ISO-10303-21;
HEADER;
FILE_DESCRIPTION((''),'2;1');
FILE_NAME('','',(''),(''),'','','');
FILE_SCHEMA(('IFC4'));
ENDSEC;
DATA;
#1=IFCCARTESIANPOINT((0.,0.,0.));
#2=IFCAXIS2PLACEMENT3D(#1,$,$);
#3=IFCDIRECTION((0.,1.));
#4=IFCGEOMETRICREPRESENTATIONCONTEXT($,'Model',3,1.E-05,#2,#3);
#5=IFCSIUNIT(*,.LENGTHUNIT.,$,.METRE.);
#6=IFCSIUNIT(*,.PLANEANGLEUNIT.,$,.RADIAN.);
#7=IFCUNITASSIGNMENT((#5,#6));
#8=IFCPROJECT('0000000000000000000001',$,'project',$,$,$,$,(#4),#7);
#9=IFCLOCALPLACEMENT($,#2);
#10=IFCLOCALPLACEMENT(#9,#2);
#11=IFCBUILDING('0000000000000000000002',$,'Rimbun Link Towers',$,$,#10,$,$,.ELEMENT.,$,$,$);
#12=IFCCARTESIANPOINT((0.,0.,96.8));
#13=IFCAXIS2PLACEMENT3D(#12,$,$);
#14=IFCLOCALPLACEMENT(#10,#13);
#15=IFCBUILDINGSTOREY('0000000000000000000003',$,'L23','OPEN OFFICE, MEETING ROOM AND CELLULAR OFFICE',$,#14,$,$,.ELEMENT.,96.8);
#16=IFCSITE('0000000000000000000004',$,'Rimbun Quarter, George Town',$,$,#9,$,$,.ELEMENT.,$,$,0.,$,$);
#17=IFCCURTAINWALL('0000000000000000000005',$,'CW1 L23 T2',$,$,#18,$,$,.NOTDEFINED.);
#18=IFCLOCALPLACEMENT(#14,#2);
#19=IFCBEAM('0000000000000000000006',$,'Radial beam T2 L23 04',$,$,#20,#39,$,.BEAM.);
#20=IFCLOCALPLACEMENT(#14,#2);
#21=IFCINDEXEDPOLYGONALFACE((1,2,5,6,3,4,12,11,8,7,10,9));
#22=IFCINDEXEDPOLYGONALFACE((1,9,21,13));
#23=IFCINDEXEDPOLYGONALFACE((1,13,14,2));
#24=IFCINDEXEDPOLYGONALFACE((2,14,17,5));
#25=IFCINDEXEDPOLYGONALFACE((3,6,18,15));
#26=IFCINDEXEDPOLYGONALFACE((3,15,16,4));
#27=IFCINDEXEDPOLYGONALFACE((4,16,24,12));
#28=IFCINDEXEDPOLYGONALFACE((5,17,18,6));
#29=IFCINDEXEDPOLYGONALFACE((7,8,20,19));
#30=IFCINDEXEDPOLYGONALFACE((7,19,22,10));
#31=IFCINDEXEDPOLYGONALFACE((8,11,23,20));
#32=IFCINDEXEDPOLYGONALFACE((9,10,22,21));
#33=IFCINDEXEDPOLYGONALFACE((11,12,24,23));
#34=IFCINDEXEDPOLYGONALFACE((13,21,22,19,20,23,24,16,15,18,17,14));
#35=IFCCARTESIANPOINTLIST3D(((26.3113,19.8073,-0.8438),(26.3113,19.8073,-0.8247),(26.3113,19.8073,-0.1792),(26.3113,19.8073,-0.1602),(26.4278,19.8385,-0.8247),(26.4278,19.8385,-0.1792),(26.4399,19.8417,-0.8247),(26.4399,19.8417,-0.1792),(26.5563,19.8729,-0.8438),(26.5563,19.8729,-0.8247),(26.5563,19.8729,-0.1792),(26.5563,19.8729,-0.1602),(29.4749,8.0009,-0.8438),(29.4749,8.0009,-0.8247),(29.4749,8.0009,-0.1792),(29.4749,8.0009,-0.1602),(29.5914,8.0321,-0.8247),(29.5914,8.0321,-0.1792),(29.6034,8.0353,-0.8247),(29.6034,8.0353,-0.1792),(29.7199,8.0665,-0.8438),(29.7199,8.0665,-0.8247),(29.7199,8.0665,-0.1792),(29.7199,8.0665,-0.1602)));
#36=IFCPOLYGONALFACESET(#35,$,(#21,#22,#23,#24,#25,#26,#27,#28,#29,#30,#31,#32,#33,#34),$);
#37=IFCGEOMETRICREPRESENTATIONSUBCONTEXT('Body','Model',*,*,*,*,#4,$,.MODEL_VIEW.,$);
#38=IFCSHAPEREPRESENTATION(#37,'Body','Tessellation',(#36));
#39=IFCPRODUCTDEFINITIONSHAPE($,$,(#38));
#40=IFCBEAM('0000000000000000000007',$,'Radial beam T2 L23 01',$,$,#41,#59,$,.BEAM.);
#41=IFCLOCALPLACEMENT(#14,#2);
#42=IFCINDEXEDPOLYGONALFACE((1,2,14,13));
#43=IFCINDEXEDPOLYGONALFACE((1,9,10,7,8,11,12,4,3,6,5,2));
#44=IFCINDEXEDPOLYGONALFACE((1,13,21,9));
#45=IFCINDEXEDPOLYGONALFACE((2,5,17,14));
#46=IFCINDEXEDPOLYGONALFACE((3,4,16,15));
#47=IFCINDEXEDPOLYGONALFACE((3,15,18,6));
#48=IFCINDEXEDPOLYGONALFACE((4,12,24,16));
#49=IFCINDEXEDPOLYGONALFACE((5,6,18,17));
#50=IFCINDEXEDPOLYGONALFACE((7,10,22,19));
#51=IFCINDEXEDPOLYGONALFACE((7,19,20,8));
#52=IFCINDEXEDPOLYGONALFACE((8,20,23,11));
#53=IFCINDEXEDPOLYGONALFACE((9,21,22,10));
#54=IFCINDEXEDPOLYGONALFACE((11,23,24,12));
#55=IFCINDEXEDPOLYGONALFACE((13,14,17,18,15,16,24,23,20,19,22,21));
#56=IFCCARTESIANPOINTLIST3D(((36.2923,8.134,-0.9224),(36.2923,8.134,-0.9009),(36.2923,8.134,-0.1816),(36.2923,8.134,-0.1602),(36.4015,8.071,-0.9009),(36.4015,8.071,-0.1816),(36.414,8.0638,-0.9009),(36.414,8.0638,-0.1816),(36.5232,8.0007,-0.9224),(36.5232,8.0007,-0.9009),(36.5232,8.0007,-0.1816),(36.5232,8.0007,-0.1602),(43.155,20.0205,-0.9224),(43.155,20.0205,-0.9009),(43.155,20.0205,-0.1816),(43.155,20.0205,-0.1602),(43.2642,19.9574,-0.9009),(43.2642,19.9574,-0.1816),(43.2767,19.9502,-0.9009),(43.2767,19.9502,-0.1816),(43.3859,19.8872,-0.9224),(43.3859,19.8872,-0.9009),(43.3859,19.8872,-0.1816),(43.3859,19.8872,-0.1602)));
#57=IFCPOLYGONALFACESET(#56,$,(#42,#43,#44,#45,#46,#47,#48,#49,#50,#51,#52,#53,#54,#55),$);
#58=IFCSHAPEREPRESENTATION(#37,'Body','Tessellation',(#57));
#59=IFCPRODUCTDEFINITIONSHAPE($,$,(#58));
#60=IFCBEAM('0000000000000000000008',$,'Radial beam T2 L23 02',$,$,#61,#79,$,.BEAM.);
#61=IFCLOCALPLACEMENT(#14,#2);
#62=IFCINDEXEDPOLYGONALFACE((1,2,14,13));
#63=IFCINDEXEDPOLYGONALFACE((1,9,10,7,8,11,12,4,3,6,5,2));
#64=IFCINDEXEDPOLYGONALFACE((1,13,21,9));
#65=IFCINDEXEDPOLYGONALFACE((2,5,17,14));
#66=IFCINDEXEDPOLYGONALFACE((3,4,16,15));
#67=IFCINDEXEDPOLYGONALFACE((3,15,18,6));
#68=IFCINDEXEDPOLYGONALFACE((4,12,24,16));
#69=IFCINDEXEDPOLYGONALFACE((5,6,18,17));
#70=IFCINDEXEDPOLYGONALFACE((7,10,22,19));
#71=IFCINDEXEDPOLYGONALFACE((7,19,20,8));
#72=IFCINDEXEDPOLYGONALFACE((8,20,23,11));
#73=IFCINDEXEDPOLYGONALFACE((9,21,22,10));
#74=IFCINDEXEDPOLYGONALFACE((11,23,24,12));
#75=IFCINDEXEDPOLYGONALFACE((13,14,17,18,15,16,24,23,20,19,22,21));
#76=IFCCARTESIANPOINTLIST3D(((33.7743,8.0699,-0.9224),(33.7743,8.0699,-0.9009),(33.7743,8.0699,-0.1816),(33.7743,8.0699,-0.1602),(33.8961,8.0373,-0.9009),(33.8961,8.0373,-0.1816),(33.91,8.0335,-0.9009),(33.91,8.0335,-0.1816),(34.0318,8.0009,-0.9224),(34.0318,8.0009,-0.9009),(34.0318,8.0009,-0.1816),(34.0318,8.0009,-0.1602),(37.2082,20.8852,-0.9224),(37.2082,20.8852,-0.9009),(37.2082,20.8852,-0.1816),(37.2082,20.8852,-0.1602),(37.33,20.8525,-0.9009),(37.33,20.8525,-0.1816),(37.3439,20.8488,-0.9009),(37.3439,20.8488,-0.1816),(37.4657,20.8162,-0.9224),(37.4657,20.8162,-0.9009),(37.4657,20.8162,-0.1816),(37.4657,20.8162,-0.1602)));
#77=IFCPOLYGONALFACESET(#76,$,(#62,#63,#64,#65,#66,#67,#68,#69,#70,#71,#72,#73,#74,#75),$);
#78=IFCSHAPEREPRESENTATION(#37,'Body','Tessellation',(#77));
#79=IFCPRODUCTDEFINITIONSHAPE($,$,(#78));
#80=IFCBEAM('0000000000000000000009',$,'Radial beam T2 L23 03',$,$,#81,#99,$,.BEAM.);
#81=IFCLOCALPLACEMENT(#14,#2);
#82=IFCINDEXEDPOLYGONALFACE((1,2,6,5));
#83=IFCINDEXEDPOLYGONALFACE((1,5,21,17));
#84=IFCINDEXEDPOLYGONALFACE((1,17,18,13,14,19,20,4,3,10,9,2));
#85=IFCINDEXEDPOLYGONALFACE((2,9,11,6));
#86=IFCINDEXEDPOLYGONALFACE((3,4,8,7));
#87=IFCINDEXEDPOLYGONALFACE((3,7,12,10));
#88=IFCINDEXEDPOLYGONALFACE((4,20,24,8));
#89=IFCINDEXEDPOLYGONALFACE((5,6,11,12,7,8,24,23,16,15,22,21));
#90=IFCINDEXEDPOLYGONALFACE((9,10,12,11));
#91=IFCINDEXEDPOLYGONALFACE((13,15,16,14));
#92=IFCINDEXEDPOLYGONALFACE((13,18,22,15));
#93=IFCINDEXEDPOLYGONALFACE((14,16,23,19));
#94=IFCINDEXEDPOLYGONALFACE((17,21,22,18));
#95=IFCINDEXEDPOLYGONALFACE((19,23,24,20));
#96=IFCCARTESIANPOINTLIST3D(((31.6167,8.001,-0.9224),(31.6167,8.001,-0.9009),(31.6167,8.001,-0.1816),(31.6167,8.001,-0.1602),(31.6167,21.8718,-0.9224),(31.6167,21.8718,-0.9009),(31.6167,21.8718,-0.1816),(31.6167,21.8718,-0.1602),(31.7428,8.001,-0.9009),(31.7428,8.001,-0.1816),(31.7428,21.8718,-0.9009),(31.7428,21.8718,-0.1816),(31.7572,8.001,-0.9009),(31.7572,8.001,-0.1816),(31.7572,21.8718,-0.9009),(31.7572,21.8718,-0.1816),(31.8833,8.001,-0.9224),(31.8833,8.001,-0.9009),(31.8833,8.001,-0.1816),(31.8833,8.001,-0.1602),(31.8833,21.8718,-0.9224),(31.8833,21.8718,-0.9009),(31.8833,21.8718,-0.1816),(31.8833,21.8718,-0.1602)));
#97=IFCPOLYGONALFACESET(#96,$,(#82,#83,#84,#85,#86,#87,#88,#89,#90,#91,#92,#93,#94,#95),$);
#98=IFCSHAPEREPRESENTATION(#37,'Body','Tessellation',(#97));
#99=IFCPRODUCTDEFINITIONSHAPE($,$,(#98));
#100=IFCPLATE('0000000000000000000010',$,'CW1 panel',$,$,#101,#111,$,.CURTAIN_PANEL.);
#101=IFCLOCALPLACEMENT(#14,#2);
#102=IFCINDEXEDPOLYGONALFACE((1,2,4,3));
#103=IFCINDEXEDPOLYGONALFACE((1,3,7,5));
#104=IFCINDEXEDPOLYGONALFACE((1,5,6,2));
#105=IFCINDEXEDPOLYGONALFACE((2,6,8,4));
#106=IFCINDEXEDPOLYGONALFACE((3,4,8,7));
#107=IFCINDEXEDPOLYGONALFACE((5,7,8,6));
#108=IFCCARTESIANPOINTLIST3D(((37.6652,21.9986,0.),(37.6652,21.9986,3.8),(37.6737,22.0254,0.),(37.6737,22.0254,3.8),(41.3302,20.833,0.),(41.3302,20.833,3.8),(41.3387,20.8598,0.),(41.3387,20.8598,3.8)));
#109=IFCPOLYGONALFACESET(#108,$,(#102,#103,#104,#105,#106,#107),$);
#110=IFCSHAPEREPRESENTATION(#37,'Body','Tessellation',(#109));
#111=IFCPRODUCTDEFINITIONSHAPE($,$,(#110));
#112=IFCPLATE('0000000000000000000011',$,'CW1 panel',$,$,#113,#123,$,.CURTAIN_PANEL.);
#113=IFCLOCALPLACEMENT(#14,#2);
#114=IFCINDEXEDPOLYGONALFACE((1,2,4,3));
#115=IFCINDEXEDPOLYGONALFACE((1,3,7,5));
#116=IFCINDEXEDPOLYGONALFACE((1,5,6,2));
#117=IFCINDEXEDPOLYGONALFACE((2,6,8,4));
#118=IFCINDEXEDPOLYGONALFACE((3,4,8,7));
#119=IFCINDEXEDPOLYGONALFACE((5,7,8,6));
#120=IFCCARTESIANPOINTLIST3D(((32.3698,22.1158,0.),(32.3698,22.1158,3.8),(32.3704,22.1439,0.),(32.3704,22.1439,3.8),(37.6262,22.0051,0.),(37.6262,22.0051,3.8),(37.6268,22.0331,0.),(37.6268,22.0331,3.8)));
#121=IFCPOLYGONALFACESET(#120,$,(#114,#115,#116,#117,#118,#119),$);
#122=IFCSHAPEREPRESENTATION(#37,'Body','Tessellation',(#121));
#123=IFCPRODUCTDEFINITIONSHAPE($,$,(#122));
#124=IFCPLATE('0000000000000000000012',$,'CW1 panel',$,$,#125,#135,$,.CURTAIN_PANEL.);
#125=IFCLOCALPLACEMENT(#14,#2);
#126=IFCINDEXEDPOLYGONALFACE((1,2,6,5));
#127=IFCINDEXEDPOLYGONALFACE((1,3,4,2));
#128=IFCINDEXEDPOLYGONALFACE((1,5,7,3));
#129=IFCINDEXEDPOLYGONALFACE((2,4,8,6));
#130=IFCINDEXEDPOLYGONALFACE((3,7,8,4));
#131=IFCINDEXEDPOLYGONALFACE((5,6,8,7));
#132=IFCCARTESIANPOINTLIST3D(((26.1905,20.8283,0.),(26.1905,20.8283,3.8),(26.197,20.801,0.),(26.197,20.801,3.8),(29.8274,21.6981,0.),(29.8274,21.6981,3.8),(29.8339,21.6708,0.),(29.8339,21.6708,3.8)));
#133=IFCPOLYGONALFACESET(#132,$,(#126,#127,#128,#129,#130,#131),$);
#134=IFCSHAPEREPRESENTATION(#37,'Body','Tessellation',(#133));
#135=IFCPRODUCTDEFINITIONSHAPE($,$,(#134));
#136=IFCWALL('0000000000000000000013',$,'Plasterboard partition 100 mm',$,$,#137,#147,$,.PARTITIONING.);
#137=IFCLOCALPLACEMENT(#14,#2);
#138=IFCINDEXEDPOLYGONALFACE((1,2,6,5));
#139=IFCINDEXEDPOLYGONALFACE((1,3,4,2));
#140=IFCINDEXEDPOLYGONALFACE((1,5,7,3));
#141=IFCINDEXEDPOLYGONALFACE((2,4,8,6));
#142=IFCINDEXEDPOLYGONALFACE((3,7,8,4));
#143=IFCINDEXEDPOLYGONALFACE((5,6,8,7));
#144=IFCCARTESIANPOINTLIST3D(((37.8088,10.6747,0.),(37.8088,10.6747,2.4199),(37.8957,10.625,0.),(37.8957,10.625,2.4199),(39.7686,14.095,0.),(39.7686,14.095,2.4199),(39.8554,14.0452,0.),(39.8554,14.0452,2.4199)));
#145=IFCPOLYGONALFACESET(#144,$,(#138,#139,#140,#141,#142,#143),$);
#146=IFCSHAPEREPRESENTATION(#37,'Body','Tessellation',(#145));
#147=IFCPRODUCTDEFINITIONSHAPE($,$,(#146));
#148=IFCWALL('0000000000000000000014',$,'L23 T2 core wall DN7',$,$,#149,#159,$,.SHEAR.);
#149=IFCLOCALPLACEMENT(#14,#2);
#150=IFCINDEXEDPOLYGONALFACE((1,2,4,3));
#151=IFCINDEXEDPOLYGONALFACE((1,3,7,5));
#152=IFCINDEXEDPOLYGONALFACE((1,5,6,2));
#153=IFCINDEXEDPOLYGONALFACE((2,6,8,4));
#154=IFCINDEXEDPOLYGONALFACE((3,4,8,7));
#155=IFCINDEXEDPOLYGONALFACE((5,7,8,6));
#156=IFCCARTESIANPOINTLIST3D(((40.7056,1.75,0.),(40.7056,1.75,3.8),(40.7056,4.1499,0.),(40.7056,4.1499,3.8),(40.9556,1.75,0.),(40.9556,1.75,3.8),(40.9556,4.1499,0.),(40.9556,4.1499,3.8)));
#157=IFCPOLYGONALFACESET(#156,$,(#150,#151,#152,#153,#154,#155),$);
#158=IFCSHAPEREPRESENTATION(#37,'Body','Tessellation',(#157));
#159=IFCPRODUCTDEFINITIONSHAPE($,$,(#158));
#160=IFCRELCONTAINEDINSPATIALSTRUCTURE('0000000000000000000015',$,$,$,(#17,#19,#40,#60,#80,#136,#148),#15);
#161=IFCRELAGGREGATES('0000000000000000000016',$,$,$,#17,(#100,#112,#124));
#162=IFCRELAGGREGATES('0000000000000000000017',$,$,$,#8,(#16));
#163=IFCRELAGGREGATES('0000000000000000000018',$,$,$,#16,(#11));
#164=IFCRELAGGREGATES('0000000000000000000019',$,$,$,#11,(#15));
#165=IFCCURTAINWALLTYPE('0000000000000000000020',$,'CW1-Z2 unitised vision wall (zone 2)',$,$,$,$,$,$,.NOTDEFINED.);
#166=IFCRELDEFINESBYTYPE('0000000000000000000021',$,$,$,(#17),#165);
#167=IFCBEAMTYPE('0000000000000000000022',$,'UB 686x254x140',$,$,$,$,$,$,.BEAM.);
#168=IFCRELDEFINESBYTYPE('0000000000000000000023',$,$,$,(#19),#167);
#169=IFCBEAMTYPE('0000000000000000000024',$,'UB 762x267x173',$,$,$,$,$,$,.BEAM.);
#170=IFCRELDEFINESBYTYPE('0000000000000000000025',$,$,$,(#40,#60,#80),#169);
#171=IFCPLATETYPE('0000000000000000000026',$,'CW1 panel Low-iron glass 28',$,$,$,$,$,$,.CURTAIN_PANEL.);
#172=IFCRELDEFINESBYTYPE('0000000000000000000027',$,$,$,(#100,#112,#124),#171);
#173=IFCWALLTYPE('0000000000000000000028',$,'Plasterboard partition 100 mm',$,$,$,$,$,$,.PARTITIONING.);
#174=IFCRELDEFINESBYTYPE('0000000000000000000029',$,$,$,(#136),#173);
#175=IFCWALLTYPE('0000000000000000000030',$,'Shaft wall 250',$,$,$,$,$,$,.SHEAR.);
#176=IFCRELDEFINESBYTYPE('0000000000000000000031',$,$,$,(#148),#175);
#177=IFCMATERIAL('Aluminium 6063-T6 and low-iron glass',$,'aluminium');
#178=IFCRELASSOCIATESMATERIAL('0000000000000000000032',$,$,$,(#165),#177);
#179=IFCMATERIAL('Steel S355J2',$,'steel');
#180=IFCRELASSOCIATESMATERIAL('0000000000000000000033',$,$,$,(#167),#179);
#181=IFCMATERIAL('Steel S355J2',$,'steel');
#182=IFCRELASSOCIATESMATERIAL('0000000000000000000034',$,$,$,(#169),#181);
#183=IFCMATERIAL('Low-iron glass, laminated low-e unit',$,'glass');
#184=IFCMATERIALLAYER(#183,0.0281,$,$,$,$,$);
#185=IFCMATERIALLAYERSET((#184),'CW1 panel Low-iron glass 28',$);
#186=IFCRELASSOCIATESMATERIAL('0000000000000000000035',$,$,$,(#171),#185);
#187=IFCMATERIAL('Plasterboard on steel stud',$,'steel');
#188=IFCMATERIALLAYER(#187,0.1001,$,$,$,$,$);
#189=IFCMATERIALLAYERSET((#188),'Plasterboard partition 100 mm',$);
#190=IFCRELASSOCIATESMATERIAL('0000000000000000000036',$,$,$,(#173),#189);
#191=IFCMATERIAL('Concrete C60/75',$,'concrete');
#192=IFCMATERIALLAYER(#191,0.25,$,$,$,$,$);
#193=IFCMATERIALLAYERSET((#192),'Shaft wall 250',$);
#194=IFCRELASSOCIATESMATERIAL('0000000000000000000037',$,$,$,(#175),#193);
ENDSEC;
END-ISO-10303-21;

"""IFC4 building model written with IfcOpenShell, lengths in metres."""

from ifc_helpers import new_model, si_unit, direction, frame, frame_2d, origin, origin_2d, place, context, subcontext, project, spatial, rectangle, i_section, extrude, material, layer, layer_set, material_profile, profile_set, type_object, element, aggregate, save


model = new_model("IFC4")

# Units and contexts
model_context = context("Model", 3, precision=1e-05, world=origin(), true_north=direction((0.0, 1.0)))
body_context = subcontext(model_context, "Body", "Model", "MODEL_VIEW")
ifc_project = project(units=[si_unit("LENGTHUNIT", "METRE"), si_unit("PLANEANGLEUNIT", "RADIAN")], contexts=[model_context])

# Site, building, storey
site_placement = place(None, origin())
site = spatial("IfcSite", under=ifc_project, at=site_placement, Name="Rimbun Quarter, George Town", CompositionType="ELEMENT", RefElevation=0.0)
building_placement = place(site_placement, origin())
building = spatial("IfcBuilding", under=site, at=building_placement, Name="Rimbun Link Towers", CompositionType="ELEMENT")
storey_placement = place(building_placement, frame((0.0, 0.0, 96.8)))
storey = spatial("IfcBuildingStorey", under=building, at=storey_placement, Name="L23", Description="OPEN OFFICE, MEETING ROOM AND CELLULAR OFFICE", CompositionType="ELEMENT", Elevation=96.8)

# Curtain wall
ifc_material_1 = material(Name="Aluminium 6063-T6 and low-iron glass", Category="aluminium")
curtain_wall_type = type_object("IfcCurtainWallType", Name="CW1-Z2 unitised vision wall (zone 2)", PredefinedType="NOTDEFINED", material=ifc_material_1)
curtain_wall_placement = place(storey_placement, origin())
curtain_wall = element("IfcCurtainWall", 1, at=curtain_wall_placement, inside=storey, type_object=curtain_wall_type, Name="CW1 L23 T2", PredefinedType="NOTDEFINED")

# Beams
ifc_material_2 = material(Name="Steel S355J2", Category="steel")
ifc_material_profile_1 = material_profile(ifc_material_2, i_section(OverallWidth=0.2537, OverallDepth=0.6836, WebThickness=0.0125, FlangeThickness=0.019, at=origin_2d()), Name="UB 686x254x140")
ifc_profile_set_1 = profile_set([ifc_material_profile_1], Name="Steel S355J2")
beam_type_1 = type_object("IfcBeamType", Name="UB 686x254x140", PredefinedType="BEAM", material=ifc_profile_set_1)
beam_1_placement = place(storey_placement, frame((29.5974, 8.0337, -0.502), z_axis=(-0.258824, 0.965925, 0.0), x_axis=(-0.965925, -0.258824, 0.0)))
element("IfcBeam", 2, at=beam_1_placement, inside=storey, type_object=beam_type_1, Name="Radial beam T2 L23 04", PredefinedType="BEAM", context=body_context, shape_type="SweptSolid", body=[
    extrude(i_section(OverallWidth=0.2537, OverallDepth=0.6836, WebThickness=0.0125, FlangeThickness=0.019, at=origin_2d()), origin(), (0.0, 0.0, 1.0), 12.2229),
])
ifc_material_3 = material(Name="Steel S355J2", Category="steel")
ifc_material_profile_2 = material_profile(ifc_material_3, i_section(OverallWidth=0.2666, OverallDepth=0.7622, WebThickness=0.0144, FlangeThickness=0.0215, at=origin_2d()), Name="UB 762x267x173")
ifc_profile_set_2 = profile_set([ifc_material_profile_2], Name="Steel S355J2")
beam_type_2 = type_object("IfcBeamType", Name="UB 762x267x173", PredefinedType="BEAM", material=ifc_profile_set_2)
beam_2_placement = place(storey_placement, frame((36.4077, 8.0674, -0.5413), z_axis=(0.500007, 0.866021, 0.0), x_axis=(-0.866021, 0.500007, 0.0)))
element("IfcBeam", 3, at=beam_2_placement, inside=storey, type_object=beam_type_2, Name="Radial beam T2 L23 01", PredefinedType="BEAM", context=body_context, shape_type="SweptSolid", body=[
    extrude(i_section(OverallWidth=0.2666, OverallDepth=0.7622, WebThickness=0.0144, FlangeThickness=0.0215, at=origin_2d()), origin(), (0.0, 0.0, 1.0), 13.7253),
])
beam_3_placement = place(storey_placement, frame((33.9031, 8.0354, -0.5413), z_axis=(0.25882, 0.965925, 0.0), x_axis=(-0.965925, 0.25882, 0.0)))
element("IfcBeam", 4, at=beam_3_placement, inside=storey, type_object=beam_type_2, Name="Radial beam T2 L23 02", PredefinedType="BEAM", context=body_context, shape_type="SweptSolid", body=[
    extrude(i_section(OverallWidth=0.2666, OverallDepth=0.7622, WebThickness=0.0144, FlangeThickness=0.0215, at=origin_2d()), origin(), (0.0, 0.0, 1.0), 13.2673),
])
beam_4_placement = place(storey_placement, frame((31.75, 8.001, -0.5413), z_axis=(0.0, 1.0, 0.0), x_axis=(-1.0, 0.0, 0.0)))
element("IfcBeam", 5, at=beam_4_placement, inside=storey, type_object=beam_type_2, Name="Radial beam T2 L23 03", PredefinedType="BEAM", context=body_context, shape_type="SweptSolid", body=[
    extrude(i_section(OverallWidth=0.2666, OverallDepth=0.7622, WebThickness=0.0144, FlangeThickness=0.0215, at=origin_2d()), origin(), (0.0, 0.0, 1.0), 13.8708),
])

# Plates
ifc_material_4 = material(Name="Low-iron glass, laminated low-e unit", Category="glass")
ifc_layer_1 = layer(ifc_material_4, 0.0281)
ifc_layer_set_1 = layer_set([ifc_layer_1], Name="CW1 panel Low-iron glass 28")
plate_type = type_object("IfcPlateType", Name="CW1 panel Low-iron glass 28", PredefinedType="CURTAIN_PANEL", material=ifc_layer_set_1)
plate_1_placement = place(storey_placement, frame((39.502, 21.4292, 0.0), z_axis=(0.0, 0.0, 1.0), x_axis=(0.95297, -0.303066, 0.0)))
plate_1 = element("IfcPlate", 6, at=plate_1_placement, type_object=plate_type, Name="CW1 panel", PredefinedType="CURTAIN_PANEL", context=body_context, shape_type="SweptSolid", body=[
    extrude(rectangle(XDim=3.8459, YDim=0.0281, at=origin_2d()), origin(), (0.0, 0.0, 1.0), 3.8),
])
plate_2_placement = place(storey_placement, frame((34.9983, 22.0745, 0.0), z_axis=(0.0, 0.0, 1.0), x_axis=(0.999778, -0.02106, 0.0)))
plate_2 = element("IfcPlate", 7, at=plate_2_placement, type_object=plate_type, Name="CW1 panel", PredefinedType="CURTAIN_PANEL", context=body_context, shape_type="SweptSolid", body=[
    extrude(rectangle(XDim=5.2576, YDim=0.0281, at=origin_2d()), origin(), (0.0, 0.0, 1.0), 3.8),
])
plate_3_placement = place(storey_placement, frame((28.0122, 21.2495, 0.0), z_axis=(0.0, 0.0, 1.0), x_axis=(0.972572, 0.232601, 0.0)))
plate_3 = element("IfcPlate", 8, at=plate_3_placement, type_object=plate_type, Name="CW1 panel", PredefinedType="CURTAIN_PANEL", context=body_context, shape_type="SweptSolid", body=[
    extrude(rectangle(XDim=3.7395, YDim=0.0281, at=origin_2d()), origin(), (0.0, 0.0, 1.0), 3.8),
])
aggregate(curtain_wall, [plate_1, plate_2, plate_3])

# Walls
ifc_material_5 = material(Name="Plasterboard on steel stud", Category="steel")
ifc_layer_2 = layer(ifc_material_5, 0.1001)
ifc_layer_set_2 = layer_set([ifc_layer_2], Name="Plasterboard partition 100 mm")
wall_type_1 = type_object("IfcWallType", Name="Plasterboard partition 100 mm", PredefinedType="PARTITIONING", material=ifc_layer_set_2)
wall_1_placement = place(storey_placement, frame((39.812, 14.0701, 0.0), z_axis=(0.0, 0.0, 1.0), x_axis=(-0.497159, -0.867659, 0.0)))
element("IfcWall", 9, at=wall_1_placement, inside=storey, type_object=wall_type_1, Name="Plasterboard partition 100 mm", PredefinedType="PARTITIONING", context=body_context, shape_type="SweptSolid", body=[
    extrude(rectangle(XDim=3.9419, YDim=0.1001, at=frame_2d((1.9709, 0.0))), origin(), (0.0, 0.0, 1.0), 2.4199),
])
ifc_material_6 = material(Name="Concrete C60/75", Category="concrete")
ifc_layer_3 = layer(ifc_material_6, 0.25)
ifc_layer_set_3 = layer_set([ifc_layer_3], Name="Shaft wall 250")
wall_type_2 = type_object("IfcWallType", Name="Shaft wall 250", PredefinedType="SHEAR", material=ifc_layer_set_3)
wall_2_placement = place(storey_placement, frame((40.8306, 1.75, 0.0), z_axis=(0.0, 0.0, 1.0), x_axis=(0.0, 1.0, 0.0)))
element("IfcWall", 10, at=wall_2_placement, inside=storey, type_object=wall_type_2, Name="L23 T2 core wall DN7", PredefinedType="SHEAR", context=body_context, shape_type="SweptSolid", body=[
    extrude(rectangle(XDim=2.3999, YDim=0.25, at=frame_2d((1.2, 0.0))), origin(), (0.0, 0.0, 1.0), 3.8),
])

save(model, "model.ifc")
